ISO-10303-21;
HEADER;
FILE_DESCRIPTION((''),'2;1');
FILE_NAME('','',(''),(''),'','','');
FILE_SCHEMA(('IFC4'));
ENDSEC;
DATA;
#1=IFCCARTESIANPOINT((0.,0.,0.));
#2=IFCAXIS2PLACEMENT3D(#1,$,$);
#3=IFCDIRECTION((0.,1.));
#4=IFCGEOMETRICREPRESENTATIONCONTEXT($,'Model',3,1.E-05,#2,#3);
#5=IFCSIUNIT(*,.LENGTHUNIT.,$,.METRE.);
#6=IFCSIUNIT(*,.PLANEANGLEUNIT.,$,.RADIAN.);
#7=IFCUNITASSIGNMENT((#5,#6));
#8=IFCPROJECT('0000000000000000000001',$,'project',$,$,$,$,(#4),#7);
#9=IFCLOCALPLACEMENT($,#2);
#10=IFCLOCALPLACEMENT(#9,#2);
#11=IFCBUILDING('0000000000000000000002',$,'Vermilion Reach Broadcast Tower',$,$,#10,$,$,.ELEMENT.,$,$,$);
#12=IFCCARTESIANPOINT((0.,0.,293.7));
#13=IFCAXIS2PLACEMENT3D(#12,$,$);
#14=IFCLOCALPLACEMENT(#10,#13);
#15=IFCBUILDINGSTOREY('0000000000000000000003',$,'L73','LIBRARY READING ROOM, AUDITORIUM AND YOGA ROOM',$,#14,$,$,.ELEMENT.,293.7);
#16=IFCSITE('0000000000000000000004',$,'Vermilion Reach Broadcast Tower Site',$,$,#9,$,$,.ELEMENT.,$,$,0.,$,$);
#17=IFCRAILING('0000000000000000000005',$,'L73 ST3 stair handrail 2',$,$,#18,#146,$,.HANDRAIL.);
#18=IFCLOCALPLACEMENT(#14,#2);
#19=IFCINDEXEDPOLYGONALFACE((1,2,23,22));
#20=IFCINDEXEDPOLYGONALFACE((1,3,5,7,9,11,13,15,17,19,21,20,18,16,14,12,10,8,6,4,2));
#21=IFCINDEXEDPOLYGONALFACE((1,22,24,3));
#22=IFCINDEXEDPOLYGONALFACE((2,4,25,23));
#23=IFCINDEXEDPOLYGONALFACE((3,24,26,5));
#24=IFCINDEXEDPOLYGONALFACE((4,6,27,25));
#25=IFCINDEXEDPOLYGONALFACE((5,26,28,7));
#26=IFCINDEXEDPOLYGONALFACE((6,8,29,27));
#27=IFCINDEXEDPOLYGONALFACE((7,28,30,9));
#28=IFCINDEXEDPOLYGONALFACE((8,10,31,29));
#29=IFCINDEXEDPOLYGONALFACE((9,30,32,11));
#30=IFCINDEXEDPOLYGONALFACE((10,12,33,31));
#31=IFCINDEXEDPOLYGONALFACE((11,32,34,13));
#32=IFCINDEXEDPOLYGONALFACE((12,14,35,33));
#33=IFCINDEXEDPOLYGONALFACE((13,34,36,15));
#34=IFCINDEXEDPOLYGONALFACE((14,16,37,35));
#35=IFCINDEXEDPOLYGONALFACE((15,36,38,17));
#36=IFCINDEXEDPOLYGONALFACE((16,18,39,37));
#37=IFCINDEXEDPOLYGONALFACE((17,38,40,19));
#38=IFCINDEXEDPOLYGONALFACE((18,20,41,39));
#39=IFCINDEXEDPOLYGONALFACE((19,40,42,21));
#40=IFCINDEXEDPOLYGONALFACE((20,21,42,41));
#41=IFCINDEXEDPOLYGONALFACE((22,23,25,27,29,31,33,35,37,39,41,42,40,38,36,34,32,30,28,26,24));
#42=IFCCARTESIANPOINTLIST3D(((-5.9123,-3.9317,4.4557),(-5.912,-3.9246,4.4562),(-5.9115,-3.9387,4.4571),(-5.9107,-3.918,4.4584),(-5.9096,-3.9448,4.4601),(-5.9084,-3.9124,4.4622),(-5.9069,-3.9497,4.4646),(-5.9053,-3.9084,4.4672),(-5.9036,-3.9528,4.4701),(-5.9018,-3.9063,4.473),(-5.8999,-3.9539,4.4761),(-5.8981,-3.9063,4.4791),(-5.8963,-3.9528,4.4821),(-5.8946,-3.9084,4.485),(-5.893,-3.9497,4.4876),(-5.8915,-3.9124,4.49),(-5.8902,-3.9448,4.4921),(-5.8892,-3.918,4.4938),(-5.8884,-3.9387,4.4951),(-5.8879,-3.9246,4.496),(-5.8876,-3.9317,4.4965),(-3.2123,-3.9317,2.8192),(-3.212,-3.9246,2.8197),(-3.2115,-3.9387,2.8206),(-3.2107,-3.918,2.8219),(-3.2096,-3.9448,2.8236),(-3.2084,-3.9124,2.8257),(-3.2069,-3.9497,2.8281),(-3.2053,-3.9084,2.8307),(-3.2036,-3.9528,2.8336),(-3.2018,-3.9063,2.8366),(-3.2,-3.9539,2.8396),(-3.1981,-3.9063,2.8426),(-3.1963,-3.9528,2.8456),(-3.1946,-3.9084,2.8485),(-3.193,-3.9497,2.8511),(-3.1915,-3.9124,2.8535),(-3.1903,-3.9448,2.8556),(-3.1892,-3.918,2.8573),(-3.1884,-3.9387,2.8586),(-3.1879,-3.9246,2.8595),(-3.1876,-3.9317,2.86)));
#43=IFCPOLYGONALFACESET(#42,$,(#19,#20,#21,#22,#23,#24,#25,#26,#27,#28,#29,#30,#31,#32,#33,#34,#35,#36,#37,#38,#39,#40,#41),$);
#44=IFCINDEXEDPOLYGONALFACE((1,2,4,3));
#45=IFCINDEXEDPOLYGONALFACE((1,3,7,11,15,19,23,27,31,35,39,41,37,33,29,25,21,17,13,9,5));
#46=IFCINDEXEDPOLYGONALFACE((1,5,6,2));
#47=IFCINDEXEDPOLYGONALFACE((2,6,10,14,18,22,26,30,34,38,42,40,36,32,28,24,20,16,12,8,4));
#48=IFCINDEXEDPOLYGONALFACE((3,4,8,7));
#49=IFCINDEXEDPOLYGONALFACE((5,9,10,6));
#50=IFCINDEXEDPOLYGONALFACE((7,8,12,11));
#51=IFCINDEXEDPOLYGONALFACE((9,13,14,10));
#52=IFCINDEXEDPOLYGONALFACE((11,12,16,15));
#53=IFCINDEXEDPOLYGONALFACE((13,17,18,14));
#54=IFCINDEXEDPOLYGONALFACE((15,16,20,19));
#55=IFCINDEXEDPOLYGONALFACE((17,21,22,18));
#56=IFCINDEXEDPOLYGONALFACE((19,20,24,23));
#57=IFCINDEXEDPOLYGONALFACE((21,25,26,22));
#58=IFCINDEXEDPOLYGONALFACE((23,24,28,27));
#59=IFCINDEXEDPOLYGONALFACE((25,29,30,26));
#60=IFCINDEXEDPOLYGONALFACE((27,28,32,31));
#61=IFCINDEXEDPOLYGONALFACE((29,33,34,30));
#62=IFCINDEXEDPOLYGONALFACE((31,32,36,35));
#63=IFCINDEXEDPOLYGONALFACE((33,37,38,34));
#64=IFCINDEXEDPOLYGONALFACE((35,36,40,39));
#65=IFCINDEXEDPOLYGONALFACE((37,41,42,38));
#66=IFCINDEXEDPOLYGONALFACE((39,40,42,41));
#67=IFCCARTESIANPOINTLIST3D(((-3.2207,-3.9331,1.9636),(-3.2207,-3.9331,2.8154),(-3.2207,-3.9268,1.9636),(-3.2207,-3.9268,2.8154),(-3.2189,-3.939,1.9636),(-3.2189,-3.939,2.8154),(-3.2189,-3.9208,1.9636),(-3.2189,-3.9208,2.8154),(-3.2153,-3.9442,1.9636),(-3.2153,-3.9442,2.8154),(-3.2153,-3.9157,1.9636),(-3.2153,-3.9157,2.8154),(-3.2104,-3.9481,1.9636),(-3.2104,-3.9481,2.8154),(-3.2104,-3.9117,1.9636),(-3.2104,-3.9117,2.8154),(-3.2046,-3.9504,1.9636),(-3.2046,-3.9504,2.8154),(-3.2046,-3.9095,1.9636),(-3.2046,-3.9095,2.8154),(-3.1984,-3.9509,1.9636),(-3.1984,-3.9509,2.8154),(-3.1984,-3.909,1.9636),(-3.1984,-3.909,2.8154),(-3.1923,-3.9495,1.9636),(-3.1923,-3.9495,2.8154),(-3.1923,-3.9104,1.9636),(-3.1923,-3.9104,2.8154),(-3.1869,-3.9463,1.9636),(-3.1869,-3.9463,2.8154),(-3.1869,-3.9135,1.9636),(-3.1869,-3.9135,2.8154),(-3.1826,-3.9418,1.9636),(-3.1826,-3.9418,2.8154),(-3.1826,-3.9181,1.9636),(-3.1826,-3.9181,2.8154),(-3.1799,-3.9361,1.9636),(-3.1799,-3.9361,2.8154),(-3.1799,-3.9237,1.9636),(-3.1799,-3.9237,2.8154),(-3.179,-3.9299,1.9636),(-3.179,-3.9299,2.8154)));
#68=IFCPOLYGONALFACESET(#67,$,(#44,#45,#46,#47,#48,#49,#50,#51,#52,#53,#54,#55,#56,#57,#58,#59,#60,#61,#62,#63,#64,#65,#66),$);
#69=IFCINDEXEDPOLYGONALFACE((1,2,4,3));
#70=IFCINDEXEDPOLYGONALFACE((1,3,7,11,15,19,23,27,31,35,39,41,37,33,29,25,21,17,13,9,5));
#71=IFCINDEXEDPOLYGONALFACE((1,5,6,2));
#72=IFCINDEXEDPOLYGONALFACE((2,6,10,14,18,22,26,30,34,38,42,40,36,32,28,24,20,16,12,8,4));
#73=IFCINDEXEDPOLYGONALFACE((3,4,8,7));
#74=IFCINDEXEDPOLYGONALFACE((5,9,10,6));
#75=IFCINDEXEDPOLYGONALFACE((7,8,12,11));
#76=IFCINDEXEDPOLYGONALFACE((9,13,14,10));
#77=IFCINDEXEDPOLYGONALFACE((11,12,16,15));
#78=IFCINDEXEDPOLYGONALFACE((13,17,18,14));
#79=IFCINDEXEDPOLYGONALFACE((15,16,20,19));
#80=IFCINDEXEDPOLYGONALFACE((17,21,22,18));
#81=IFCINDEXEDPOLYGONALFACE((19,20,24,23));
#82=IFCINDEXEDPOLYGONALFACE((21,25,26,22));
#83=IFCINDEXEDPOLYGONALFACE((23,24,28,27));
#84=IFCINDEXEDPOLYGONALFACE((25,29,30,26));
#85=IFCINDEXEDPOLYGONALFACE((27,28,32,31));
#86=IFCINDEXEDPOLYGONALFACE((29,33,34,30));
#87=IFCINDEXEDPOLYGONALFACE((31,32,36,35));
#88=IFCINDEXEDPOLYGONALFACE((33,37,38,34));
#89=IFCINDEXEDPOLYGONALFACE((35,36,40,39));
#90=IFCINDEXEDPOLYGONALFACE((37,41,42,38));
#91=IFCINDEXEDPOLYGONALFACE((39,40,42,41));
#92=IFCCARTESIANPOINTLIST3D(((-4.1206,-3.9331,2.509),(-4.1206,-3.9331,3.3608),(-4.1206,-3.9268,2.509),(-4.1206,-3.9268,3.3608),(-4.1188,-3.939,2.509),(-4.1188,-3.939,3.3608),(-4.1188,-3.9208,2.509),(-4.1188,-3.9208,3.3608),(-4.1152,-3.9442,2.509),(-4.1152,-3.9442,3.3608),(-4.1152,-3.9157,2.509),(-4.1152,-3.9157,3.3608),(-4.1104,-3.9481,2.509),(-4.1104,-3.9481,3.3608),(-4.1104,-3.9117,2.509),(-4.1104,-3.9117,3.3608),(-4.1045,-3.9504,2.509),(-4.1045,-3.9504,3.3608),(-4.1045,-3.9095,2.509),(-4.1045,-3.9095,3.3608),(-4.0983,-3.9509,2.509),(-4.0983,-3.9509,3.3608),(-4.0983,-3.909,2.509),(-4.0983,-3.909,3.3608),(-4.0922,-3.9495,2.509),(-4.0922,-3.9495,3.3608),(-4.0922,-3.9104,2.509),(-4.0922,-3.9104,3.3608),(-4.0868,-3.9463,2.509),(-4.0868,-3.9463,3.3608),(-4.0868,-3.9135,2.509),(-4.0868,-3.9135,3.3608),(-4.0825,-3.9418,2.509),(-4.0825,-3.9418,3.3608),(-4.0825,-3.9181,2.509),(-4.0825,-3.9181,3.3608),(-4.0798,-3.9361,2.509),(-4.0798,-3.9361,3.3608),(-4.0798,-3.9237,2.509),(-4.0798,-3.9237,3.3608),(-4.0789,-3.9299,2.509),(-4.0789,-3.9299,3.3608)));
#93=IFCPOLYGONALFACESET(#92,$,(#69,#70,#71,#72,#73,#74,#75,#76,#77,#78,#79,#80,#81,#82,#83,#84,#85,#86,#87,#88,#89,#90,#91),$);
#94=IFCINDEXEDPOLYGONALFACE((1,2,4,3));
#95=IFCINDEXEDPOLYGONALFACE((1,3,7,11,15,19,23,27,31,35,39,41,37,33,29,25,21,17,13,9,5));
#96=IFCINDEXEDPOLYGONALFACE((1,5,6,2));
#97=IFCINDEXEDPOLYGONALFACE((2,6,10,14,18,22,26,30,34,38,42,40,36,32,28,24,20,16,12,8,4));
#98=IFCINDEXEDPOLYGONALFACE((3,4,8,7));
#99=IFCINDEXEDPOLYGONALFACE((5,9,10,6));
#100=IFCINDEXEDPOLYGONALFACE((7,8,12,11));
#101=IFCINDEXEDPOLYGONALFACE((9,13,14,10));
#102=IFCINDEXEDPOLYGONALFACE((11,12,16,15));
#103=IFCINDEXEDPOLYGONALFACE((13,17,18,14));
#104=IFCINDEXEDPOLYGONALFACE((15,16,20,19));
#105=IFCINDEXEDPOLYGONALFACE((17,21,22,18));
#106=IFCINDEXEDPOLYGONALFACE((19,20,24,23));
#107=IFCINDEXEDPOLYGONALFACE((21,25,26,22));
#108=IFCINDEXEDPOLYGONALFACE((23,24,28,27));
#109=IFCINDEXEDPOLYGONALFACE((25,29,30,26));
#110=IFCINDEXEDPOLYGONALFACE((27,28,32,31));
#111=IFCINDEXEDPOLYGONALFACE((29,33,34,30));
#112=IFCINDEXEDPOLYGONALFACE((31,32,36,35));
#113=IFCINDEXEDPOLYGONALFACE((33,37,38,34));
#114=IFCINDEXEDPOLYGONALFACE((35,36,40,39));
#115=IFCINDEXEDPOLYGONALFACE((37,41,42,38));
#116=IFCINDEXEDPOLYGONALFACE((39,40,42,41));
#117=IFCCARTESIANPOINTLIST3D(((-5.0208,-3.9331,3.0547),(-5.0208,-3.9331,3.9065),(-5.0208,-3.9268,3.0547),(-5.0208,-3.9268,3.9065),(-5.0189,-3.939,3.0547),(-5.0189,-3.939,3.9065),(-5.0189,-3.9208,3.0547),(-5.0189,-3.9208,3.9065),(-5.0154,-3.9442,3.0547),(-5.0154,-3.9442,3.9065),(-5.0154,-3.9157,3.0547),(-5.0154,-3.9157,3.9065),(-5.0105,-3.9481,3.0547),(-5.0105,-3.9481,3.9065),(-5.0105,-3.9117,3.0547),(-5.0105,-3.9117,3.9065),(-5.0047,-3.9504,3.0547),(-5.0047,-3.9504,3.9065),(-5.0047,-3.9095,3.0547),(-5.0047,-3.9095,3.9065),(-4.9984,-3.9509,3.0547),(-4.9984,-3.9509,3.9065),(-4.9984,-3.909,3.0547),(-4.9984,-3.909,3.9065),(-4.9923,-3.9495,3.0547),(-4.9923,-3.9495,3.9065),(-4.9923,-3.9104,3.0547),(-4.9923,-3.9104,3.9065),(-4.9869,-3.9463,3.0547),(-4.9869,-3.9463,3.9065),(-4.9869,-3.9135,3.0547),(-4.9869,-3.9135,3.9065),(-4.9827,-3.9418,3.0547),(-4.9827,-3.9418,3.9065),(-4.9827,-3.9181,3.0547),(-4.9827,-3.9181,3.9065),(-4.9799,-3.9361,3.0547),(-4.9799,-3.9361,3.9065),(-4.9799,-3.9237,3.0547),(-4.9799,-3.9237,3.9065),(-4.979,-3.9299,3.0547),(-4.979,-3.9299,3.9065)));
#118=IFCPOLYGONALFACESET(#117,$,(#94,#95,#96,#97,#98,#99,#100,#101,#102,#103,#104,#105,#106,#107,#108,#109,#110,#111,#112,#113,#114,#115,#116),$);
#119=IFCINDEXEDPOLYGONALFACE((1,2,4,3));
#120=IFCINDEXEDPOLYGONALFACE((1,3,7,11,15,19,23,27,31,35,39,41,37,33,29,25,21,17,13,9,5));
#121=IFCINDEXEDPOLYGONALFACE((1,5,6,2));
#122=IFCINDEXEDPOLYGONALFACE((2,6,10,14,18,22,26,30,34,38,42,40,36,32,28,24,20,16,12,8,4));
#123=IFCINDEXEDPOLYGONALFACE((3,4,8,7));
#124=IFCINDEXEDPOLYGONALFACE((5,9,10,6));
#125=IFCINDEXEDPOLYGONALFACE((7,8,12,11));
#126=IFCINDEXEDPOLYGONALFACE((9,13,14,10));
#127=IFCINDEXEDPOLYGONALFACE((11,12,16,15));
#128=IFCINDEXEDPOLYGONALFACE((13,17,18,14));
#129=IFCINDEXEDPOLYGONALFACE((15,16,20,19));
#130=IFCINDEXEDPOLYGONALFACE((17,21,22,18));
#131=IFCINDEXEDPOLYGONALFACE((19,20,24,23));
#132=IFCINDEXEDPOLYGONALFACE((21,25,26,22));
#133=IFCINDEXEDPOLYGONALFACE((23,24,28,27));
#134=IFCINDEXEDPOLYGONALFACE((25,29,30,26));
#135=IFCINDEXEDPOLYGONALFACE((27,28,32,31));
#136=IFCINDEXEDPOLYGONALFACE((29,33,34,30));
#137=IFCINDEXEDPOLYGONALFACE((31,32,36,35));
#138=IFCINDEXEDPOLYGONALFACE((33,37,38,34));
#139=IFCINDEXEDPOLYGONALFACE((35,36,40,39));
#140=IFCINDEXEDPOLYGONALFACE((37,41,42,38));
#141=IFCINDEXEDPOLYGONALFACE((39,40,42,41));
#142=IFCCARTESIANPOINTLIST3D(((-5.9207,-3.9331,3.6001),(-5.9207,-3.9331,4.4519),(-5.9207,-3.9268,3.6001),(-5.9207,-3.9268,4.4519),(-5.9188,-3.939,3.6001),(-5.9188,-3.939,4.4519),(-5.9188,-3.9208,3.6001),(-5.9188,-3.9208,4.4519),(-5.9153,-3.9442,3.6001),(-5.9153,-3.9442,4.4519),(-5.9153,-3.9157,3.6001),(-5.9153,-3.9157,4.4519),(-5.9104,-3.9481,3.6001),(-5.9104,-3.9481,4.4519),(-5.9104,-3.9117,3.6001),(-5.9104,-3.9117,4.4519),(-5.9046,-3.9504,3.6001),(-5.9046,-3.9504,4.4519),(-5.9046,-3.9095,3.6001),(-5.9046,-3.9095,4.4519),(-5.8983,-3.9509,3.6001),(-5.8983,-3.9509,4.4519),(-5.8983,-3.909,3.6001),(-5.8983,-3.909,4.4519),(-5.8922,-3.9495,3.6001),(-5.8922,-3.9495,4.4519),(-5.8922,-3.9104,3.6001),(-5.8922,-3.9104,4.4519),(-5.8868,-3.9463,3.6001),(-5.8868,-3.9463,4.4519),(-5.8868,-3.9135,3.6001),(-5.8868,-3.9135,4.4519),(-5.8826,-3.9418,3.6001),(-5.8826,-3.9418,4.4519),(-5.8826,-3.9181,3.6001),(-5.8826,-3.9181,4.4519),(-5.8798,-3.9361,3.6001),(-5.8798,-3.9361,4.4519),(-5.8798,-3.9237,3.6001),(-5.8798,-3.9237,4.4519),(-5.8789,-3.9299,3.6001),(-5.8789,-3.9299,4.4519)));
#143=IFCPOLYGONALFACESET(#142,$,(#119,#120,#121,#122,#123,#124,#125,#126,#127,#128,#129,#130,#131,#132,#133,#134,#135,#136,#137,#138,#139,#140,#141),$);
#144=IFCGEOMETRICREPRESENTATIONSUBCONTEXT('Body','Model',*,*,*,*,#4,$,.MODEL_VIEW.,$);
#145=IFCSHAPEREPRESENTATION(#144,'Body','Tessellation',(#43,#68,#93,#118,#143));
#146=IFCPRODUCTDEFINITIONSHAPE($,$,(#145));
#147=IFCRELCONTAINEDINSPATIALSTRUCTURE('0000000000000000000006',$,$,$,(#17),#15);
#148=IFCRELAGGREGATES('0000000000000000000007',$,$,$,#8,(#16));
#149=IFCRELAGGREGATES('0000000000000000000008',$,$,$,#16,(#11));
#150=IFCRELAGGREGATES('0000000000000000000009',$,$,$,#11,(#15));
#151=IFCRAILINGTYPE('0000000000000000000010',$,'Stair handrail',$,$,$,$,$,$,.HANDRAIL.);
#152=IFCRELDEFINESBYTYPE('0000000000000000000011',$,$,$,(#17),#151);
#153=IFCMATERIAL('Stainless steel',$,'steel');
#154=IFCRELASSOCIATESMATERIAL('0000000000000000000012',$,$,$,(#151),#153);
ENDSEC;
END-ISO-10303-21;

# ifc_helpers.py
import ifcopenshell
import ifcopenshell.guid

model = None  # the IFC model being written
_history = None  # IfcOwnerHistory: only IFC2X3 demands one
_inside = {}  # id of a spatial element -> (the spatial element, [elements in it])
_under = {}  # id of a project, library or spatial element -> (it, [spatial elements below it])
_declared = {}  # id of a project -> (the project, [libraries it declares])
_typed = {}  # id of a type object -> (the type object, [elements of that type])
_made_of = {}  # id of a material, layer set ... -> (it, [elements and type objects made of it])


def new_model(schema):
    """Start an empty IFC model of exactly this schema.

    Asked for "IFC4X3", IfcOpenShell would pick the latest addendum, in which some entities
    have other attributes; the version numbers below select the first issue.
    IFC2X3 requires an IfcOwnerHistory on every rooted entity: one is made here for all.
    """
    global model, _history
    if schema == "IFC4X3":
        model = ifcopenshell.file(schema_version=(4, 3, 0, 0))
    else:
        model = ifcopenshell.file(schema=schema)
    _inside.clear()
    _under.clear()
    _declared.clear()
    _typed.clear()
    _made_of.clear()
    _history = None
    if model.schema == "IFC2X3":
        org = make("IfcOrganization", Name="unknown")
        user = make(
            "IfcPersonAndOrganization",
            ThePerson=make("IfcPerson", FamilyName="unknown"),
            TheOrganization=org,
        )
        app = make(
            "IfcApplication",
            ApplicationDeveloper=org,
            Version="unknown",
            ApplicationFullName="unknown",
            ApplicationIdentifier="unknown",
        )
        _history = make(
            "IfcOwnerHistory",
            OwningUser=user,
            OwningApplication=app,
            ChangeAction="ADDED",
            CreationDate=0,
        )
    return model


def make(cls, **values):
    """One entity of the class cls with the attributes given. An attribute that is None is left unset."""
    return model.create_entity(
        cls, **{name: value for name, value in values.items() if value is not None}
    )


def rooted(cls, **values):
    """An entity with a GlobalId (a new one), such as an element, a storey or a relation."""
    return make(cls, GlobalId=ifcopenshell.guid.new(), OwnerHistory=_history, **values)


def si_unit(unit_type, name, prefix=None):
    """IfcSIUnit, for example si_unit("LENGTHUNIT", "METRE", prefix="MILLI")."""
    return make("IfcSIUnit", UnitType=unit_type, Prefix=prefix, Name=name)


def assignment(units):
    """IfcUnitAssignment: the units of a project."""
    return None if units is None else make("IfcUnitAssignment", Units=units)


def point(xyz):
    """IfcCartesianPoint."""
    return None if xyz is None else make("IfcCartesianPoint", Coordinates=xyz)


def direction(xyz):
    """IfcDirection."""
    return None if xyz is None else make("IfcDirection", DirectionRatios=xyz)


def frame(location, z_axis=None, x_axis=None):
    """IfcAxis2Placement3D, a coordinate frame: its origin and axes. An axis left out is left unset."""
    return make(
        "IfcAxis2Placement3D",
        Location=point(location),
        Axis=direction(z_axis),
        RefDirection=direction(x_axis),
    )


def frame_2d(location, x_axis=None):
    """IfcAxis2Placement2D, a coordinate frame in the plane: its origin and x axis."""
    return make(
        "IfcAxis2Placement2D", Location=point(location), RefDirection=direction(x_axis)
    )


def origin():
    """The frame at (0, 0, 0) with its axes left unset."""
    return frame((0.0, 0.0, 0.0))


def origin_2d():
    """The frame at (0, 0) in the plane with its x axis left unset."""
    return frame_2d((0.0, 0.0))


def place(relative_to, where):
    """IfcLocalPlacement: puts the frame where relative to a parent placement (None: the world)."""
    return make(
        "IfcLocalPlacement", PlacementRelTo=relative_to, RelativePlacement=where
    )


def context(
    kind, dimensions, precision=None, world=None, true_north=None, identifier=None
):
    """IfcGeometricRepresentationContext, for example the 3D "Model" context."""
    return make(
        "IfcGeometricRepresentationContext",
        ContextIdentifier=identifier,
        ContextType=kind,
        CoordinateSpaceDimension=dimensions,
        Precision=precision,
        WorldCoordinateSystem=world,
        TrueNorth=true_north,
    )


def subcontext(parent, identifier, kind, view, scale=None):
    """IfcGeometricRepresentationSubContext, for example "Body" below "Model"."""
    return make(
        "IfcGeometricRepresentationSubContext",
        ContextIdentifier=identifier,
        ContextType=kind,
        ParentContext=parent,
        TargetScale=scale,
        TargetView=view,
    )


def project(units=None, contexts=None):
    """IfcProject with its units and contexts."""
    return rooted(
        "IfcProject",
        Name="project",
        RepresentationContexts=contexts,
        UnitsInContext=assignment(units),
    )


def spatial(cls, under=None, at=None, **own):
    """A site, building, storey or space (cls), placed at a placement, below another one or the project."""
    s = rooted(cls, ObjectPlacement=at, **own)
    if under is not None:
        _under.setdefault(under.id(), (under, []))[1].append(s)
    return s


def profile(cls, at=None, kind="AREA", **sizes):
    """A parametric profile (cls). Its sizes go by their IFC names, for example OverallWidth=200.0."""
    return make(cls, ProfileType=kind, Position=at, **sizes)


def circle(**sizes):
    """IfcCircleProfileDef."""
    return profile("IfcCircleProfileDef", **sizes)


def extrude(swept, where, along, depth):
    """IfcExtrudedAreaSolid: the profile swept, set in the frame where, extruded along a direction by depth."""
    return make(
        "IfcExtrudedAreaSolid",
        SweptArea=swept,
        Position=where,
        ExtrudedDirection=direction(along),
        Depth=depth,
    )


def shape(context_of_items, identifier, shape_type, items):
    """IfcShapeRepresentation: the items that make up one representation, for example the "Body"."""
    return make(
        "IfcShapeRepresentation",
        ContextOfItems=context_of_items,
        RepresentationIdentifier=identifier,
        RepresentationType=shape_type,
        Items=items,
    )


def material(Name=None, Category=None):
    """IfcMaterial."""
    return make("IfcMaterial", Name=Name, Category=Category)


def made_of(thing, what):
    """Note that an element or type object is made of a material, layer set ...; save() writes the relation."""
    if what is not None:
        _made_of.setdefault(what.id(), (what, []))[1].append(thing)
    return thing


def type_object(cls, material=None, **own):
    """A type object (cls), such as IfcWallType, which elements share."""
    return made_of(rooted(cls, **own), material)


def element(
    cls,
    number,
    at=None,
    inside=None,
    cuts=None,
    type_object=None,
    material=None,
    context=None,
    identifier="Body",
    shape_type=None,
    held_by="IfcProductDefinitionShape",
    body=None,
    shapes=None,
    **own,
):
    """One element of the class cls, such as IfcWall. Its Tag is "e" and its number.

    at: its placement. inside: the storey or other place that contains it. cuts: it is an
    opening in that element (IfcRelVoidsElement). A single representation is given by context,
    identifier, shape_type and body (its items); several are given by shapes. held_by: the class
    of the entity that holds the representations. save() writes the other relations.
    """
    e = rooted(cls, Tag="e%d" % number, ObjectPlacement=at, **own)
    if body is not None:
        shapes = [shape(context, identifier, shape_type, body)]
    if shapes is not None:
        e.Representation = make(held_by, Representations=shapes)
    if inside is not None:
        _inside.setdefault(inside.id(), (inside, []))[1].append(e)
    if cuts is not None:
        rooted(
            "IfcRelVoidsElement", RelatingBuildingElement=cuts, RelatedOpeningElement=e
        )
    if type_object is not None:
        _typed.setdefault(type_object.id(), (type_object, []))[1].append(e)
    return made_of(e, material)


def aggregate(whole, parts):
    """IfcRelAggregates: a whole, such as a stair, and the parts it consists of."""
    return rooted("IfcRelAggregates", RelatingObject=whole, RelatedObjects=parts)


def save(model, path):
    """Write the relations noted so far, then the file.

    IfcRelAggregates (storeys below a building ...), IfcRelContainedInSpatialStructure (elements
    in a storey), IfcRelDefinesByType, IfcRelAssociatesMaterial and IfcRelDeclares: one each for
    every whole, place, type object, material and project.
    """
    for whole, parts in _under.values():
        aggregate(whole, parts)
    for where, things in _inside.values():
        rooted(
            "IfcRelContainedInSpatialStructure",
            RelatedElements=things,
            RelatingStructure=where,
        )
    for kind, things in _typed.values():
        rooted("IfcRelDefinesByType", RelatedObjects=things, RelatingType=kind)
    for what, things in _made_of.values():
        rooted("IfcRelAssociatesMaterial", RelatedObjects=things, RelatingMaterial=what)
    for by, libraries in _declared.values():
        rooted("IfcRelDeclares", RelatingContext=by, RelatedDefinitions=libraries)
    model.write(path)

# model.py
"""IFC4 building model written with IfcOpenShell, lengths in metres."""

from ifc_helpers import new_model, si_unit, direction, frame, origin, origin_2d, place, context, subcontext, project, spatial, circle, extrude, material, type_object, element, save


model = new_model("IFC4")

# Units and contexts
model_context = context("Model", 3, precision=1e-05, world=origin(), true_north=direction((0.0, 1.0)))
body_context = subcontext(model_context, "Body", "Model", "MODEL_VIEW")
ifc_project = project(units=[si_unit("LENGTHUNIT", "METRE"), si_unit("PLANEANGLEUNIT", "RADIAN")], contexts=[model_context])

# Site, building, storey
site_placement = place(None, origin())
site = spatial("IfcSite", under=ifc_project, at=site_placement, Name="Vermilion Reach Broadcast Tower Site", CompositionType="ELEMENT", RefElevation=0.0)
building_placement = place(site_placement, origin())
building = spatial("IfcBuilding", under=site, at=building_placement, Name="Vermilion Reach Broadcast Tower", CompositionType="ELEMENT")
storey_placement = place(building_placement, frame((0.0, 0.0, 293.7)))
storey = spatial("IfcBuildingStorey", under=building, at=storey_placement, Name="L73", Description="LIBRARY READING ROOM, AUDITORIUM AND YOGA ROOM", CompositionType="ELEMENT", Elevation=293.7)

# Railing
ifc_material_1 = material(Name="Stainless steel", Category="steel")
railing_type_1 = type_object("IfcRailingType", Name="Stair handrail", PredefinedType="HANDRAIL", material=ifc_material_1)
railing_1_placement = place(storey_placement, frame((-3.2, -3.9299, 1.9636)))
element("IfcRailing", 1, at=railing_1_placement, inside=storey, type_object=railing_type_1, Name="L73 ST3 stair handrail 2", PredefinedType="HANDRAIL", context=body_context, shape_type="SweptSolid", body=[
    extrude(circle(Radius=0.0239, at=origin_2d()), frame((0.0, 0.0, 0.876), z_axis=(-0.855178, 0.0, 0.518334), x_axis=(0.0, -1.0, 0.0)), (0.0, 0.0, 1.0), 3.1572),
    extrude(circle(Radius=0.021, at=origin_2d()), origin(), (0.0, 0.0, 1.0), 0.8518),
    extrude(circle(Radius=0.021, at=origin_2d()), frame((-0.8999, 0.0, 0.5454)), (0.0, 0.0, 1.0), 0.8518),
    extrude(circle(Radius=0.021, at=origin_2d()), frame((-1.8, 0.0, 1.0911)), (0.0, 0.0, 1.0), 0.8518),
    extrude(circle(Radius=0.021, at=origin_2d()), frame((-2.7, 0.0, 1.6365)), (0.0, 0.0, 1.0), 0.8518),
])

save(model, "model.ifc")
